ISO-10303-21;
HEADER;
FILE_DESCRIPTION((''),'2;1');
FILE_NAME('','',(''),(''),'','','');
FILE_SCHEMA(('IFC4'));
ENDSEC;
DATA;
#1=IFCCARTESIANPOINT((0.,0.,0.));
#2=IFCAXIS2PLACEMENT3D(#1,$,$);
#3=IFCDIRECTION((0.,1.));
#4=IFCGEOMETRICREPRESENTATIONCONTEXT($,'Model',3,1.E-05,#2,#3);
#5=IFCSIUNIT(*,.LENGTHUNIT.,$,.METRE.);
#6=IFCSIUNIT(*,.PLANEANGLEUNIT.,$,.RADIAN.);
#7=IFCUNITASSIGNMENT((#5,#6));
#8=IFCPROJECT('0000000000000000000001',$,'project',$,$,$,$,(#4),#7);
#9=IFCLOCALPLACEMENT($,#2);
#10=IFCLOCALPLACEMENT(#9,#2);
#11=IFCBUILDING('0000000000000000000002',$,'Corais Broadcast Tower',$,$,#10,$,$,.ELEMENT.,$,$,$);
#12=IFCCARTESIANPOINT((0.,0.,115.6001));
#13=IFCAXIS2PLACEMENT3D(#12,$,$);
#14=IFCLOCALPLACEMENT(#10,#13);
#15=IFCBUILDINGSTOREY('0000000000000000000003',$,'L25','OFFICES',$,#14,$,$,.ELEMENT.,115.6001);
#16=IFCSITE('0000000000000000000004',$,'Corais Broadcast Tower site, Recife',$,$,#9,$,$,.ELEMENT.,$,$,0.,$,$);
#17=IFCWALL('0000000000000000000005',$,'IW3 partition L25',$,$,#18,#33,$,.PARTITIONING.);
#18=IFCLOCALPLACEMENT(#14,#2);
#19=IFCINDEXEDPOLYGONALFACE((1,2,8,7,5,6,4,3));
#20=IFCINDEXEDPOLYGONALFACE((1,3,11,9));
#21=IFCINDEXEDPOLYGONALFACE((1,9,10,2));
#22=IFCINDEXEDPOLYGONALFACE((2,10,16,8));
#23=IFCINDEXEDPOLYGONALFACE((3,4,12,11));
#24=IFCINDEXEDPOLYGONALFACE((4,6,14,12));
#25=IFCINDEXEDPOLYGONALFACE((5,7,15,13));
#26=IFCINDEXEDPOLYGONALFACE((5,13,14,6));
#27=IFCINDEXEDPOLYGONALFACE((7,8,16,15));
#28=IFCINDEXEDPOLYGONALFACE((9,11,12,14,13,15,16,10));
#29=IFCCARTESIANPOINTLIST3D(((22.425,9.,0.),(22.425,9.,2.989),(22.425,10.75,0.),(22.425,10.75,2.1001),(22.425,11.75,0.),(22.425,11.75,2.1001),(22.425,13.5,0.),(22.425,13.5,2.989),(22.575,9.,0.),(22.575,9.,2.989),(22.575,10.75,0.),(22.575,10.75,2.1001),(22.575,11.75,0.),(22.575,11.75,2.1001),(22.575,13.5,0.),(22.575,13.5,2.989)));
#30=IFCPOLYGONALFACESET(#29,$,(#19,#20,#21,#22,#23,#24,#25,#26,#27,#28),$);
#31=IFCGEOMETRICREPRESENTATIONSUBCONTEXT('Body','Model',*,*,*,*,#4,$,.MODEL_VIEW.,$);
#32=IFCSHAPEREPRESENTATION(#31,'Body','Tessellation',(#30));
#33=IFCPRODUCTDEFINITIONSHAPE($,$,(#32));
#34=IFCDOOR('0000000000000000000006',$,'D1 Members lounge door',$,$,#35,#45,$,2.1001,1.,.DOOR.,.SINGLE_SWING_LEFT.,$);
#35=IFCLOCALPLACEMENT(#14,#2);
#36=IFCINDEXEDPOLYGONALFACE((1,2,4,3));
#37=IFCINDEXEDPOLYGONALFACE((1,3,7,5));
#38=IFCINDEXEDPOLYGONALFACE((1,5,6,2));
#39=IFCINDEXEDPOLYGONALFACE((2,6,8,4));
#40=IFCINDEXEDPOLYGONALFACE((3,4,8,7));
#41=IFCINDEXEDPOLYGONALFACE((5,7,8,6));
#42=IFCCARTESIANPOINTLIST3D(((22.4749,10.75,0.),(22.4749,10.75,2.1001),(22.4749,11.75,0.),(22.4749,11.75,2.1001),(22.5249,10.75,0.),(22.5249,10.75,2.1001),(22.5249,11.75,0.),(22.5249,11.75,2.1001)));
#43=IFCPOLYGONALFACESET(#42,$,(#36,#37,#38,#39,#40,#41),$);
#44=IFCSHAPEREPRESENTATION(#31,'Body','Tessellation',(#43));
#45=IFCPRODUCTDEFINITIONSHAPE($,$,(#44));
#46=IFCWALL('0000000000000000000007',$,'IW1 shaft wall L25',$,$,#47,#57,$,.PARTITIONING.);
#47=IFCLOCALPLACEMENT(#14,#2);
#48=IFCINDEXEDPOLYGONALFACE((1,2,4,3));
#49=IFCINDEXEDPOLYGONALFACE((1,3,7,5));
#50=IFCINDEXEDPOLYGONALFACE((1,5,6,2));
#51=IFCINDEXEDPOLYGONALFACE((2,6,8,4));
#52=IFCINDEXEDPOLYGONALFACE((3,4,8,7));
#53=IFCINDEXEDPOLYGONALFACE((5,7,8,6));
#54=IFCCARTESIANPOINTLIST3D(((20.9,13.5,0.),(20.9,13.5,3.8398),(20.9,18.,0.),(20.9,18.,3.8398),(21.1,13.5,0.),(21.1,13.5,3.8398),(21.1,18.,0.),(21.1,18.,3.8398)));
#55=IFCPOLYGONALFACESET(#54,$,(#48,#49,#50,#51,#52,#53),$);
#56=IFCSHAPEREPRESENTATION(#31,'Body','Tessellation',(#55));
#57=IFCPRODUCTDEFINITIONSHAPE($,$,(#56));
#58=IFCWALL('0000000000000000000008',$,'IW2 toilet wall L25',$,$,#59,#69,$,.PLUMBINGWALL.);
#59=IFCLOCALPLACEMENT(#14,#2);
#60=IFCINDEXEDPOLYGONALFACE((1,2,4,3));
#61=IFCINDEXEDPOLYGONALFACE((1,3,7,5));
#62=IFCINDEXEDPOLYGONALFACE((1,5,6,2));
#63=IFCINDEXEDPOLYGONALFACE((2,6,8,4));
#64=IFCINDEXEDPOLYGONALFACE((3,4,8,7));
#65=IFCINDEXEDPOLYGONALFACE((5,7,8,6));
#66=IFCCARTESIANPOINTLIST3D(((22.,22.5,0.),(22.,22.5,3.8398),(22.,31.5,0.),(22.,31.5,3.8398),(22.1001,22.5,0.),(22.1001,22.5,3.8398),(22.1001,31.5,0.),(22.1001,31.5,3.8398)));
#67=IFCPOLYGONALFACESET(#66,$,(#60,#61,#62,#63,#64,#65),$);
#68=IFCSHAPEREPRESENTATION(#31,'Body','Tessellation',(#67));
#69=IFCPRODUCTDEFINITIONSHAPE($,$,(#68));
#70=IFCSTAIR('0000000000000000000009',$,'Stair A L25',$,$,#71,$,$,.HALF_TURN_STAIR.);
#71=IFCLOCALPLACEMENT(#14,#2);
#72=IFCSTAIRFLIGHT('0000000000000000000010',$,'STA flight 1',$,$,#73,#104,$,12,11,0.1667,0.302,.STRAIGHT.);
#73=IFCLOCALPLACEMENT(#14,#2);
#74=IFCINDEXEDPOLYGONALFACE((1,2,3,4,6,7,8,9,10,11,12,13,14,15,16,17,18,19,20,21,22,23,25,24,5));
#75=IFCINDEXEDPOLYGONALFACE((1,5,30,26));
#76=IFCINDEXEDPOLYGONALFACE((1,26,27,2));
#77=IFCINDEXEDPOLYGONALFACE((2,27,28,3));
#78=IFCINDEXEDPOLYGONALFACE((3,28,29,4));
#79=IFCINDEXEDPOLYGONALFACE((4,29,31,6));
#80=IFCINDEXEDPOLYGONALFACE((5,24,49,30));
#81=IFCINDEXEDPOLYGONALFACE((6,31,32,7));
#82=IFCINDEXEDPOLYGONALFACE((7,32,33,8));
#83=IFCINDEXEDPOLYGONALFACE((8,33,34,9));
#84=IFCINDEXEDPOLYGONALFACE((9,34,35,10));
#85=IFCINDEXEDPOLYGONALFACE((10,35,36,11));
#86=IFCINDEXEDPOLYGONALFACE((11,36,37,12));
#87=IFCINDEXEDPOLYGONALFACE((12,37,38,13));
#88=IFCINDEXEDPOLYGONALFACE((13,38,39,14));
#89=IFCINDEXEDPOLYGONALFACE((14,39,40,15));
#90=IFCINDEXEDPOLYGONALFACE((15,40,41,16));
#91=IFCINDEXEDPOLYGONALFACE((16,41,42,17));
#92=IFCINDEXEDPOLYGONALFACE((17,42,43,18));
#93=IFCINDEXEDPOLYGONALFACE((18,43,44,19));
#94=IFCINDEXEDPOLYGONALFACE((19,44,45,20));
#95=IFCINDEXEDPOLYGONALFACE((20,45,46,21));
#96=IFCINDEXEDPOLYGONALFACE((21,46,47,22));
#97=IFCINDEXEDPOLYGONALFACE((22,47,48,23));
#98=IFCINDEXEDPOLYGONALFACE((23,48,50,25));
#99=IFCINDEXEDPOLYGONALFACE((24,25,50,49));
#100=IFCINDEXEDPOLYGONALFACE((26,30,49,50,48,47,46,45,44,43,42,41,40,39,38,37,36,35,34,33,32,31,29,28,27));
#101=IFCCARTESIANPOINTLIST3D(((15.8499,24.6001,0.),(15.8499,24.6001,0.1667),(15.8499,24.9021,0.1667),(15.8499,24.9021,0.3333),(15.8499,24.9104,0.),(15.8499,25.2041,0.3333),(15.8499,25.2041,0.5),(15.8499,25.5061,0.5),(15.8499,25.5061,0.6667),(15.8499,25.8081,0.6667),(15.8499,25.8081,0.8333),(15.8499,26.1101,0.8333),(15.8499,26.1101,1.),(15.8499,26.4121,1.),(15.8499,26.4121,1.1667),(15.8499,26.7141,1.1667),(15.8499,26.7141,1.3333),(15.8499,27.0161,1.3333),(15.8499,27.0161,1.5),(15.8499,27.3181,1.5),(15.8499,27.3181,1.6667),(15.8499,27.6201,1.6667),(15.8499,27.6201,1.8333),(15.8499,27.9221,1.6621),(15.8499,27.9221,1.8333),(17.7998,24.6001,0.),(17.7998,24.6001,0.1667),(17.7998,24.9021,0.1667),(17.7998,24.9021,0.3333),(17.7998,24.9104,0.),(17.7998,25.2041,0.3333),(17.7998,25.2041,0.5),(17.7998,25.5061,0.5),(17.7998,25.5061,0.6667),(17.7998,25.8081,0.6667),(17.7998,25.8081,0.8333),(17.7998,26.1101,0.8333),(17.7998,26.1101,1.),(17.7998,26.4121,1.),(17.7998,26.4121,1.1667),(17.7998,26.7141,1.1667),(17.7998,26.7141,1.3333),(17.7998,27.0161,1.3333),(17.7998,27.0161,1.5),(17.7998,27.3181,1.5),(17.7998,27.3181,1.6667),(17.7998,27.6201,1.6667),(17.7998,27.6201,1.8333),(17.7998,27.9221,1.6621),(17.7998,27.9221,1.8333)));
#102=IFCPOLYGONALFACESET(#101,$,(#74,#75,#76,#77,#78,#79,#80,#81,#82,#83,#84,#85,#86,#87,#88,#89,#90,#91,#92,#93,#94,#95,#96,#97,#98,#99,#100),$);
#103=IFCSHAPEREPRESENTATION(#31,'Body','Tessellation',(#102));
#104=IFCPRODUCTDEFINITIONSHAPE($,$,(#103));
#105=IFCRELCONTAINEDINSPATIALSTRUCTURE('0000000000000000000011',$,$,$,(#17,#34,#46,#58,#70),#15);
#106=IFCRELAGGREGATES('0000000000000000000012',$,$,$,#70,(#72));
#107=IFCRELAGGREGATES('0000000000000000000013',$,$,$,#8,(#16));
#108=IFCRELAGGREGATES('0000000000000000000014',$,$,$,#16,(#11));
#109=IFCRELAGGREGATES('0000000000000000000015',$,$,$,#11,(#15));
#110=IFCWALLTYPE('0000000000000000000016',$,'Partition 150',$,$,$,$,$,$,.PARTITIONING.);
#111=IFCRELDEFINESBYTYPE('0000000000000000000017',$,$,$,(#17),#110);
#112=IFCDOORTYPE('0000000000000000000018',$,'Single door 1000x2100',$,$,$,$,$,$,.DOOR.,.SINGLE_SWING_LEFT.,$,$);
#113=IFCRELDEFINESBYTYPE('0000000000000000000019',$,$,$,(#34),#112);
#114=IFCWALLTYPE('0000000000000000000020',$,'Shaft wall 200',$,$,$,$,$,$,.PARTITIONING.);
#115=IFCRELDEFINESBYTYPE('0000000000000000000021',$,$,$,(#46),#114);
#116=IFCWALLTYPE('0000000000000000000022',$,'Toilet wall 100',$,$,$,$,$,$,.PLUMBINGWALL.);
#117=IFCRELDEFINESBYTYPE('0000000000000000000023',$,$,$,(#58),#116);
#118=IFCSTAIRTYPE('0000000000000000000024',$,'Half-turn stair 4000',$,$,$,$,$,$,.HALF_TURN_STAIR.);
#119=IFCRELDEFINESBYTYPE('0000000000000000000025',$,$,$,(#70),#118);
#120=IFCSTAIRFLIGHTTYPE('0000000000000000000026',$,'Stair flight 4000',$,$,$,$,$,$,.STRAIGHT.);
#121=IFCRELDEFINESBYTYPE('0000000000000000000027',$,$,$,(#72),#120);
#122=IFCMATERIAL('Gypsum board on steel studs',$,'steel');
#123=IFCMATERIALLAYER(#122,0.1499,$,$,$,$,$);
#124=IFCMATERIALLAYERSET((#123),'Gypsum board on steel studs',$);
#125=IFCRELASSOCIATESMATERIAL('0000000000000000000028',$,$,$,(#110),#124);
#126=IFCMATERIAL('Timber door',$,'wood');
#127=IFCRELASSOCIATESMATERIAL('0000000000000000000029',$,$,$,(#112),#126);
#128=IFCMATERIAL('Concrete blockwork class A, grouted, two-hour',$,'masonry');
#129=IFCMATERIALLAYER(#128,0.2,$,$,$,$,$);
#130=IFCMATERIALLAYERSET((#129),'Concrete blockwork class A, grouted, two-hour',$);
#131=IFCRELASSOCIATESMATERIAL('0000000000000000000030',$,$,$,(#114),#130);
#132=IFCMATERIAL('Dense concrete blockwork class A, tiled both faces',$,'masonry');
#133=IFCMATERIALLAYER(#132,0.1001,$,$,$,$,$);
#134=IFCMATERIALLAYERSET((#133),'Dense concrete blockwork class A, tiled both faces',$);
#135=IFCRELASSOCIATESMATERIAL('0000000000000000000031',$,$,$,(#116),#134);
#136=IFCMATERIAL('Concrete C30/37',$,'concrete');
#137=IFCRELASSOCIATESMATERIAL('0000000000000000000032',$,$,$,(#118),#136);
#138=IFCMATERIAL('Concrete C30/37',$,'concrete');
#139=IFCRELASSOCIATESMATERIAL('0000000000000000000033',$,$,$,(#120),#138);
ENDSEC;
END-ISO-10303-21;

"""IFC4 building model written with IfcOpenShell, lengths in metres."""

from ifc_helpers import new_model, si_unit, direction, frame, frame_2d, origin, place, context, subcontext, project, spatial, polyline, rectangle, outline, extrude, material, layer, layer_set, type_object, element, fill, aggregate, save


model = new_model("IFC4")

# Units and contexts
model_context = context("Model", 3, precision=1e-05, world=origin(), true_north=direction((0.0, 1.0)))
body_context = subcontext(model_context, "Body", "Model", "MODEL_VIEW")
ifc_project = project(units=[si_unit("LENGTHUNIT", "METRE"), si_unit("PLANEANGLEUNIT", "RADIAN")], contexts=[model_context])

# Site, building, storey
site_placement = place(None, origin())
site = spatial("IfcSite", under=ifc_project, at=site_placement, Name="Corais Broadcast Tower site, Recife", CompositionType="ELEMENT", RefElevation=0.0)
building_placement = place(site_placement, origin())
building = spatial("IfcBuilding", under=site, at=building_placement, Name="Corais Broadcast Tower", CompositionType="ELEMENT")
storey_placement = place(building_placement, frame((0.0, 0.0, 115.6001)))
storey = spatial("IfcBuildingStorey", under=building, at=storey_placement, Name="L25", Description="OFFICES", CompositionType="ELEMENT", Elevation=115.6001)

# Shared definitions
ifc_material_1 = material(Name="Gypsum board on steel studs", Category="steel")
ifc_layer_1 = layer(ifc_material_1, 0.1499)
ifc_layer_set_1 = layer_set([ifc_layer_1], Name="Gypsum board on steel studs")
wall_type_1 = type_object("IfcWallType", Name="Partition 150", PredefinedType="PARTITIONING", material=ifc_layer_set_1)

# Wall, opening, door
wall_1_placement = place(storey_placement, frame((22.5, 13.5, 0.0), z_axis=(0.0, 0.0, 1.0), x_axis=(0.0, -1.0, 0.0)))
wall_1 = element("IfcWall", 1, at=wall_1_placement, inside=storey, type_object=wall_type_1, Name="IW3 partition L25", PredefinedType="PARTITIONING", context=body_context, shape_type="SweptSolid", body=[
    extrude(rectangle(XDim=4.5, YDim=0.1499, at=frame_2d((2.25, 0.0))), origin(), (0.0, 0.0, 1.0), 2.989),
])
opening_1_placement = place(wall_1_placement, frame((1.75, 0.0, 0.0)))
opening_1 = element("IfcOpeningElement", 2, at=opening_1_placement, cuts=wall_1, PredefinedType="OPENING", context=body_context, shape_type="SweptSolid", body=[
    extrude(rectangle(XDim=1.0, YDim=2.1001, at=frame_2d((0.5, 1.05))), frame((0.0, 0.085, 0.0), z_axis=(0.0, -1.0, 0.0), x_axis=(1.0, 0.0, 0.0)), (0.0, 0.0, 1.0), 0.1699),
])
ifc_material_2 = material(Name="Timber door", Category="wood")
door_type_1 = type_object("IfcDoorType", Name="Single door 1000x2100", OperationType="SINGLE_SWING_LEFT", PredefinedType="DOOR", material=ifc_material_2)
door_1_placement = place(opening_1_placement, origin())
door_1 = element("IfcDoor", 3, at=door_1_placement, inside=storey, type_object=door_type_1, Name="D1 Members lounge door", OperationType="SINGLE_SWING_LEFT", OverallHeight=2.1001, OverallWidth=1.0, PredefinedType="DOOR", context=body_context, shape_type="SweptSolid", body=[
    extrude(rectangle(XDim=1.0, YDim=2.1001, at=frame_2d((0.5, 1.05))), frame((0.0, 0.0249, 0.0), z_axis=(0.0, -1.0, 0.0), x_axis=(1.0, 0.0, 0.0)), (0.0, 0.0, 1.0), 0.05),
])
fill(opening_1, door_1)

# Walls
ifc_material_3 = material(Name="Concrete blockwork class A, grouted, two-hour", Category="masonry")
ifc_layer_2 = layer(ifc_material_3, 0.2)
ifc_layer_set_2 = layer_set([ifc_layer_2], Name="Concrete blockwork class A, grouted, two-hour")
wall_type_2 = type_object("IfcWallType", Name="Shaft wall 200", PredefinedType="PARTITIONING", material=ifc_layer_set_2)
wall_2_placement = place(storey_placement, frame((21.0, 13.5, 0.0), z_axis=(0.0, 0.0, 1.0), x_axis=(0.0, 1.0, 0.0)))
element("IfcWall", 4, at=wall_2_placement, inside=storey, type_object=wall_type_2, Name="IW1 shaft wall L25", PredefinedType="PARTITIONING", context=body_context, shape_type="SweptSolid", body=[
    extrude(rectangle(XDim=4.5, YDim=0.2, at=frame_2d((2.25, 0.0))), origin(), (0.0, 0.0, 1.0), 3.8398),
])
ifc_material_4 = material(Name="Dense concrete blockwork class A, tiled both faces", Category="masonry")
ifc_layer_3 = layer(ifc_material_4, 0.1001)
ifc_layer_set_3 = layer_set([ifc_layer_3], Name="Dense concrete blockwork class A, tiled both faces")
wall_type_3 = type_object("IfcWallType", Name="Toilet wall 100", PredefinedType="PLUMBINGWALL", material=ifc_layer_set_3)
wall_3_placement = place(storey_placement, frame((22.05, 22.5, 0.0), z_axis=(0.0, 0.0, 1.0), x_axis=(0.0, 1.0, 0.0)))
element("IfcWall", 5, at=wall_3_placement, inside=storey, type_object=wall_type_3, Name="IW2 toilet wall L25", PredefinedType="PLUMBINGWALL", context=body_context, shape_type="SweptSolid", body=[
    extrude(rectangle(XDim=9.0, YDim=0.1001, at=frame_2d((4.5, 0.0))), origin(), (0.0, 0.0, 1.0), 3.8398),
])

# Stair, stair flight
ifc_material_5 = material(Name="Concrete C30/37", Category="concrete")
stair_type = type_object("IfcStairType", Name="Half-turn stair 4000", PredefinedType="HALF_TURN_STAIR", material=ifc_material_5)
stair_placement = place(storey_placement, origin())
stair = element("IfcStair", 6, at=stair_placement, inside=storey, type_object=stair_type, Name="Stair A L25", PredefinedType="HALF_TURN_STAIR")
ifc_material_6 = material(Name="Concrete C30/37", Category="concrete")
stair_flight_type = type_object("IfcStairFlightType", Name="Stair flight 4000", PredefinedType="STRAIGHT", material=ifc_material_6)
stair_flight_placement = place(storey_placement, frame((16.825, 24.6001, 0.0), z_axis=(0.0, 0.0, 1.0), x_axis=(0.0, 1.0, 0.0)))
stair_flight = element("IfcStairFlight", 7, at=stair_flight_placement, type_object=stair_flight_type, Name="STA flight 1", NumberOfRisers=12, NumberOfTreads=11, PredefinedType="STRAIGHT", RiserHeight=0.1667, TreadLength=0.302, context=body_context, shape_type="SweptSolid", body=[
    extrude(outline(polyline([(0.0, 0.0), (0.0, 0.1667), (0.302, 0.1667), (0.302, 0.3333), (0.604, 0.3333), (0.604, 0.5), (0.906, 0.5), (0.906, 0.6667), (1.208, 0.6667), (1.208, 0.8333), (1.51, 0.8333), (1.51, 1.0), (1.812, 1.0), (1.812, 1.1667), (2.114, 1.1667), (2.114, 1.3333), (2.416, 1.3333), (2.416, 1.5), (2.718, 1.5), (2.718, 1.6667), (3.02, 1.6667), (3.02, 1.8333), (3.322, 1.8333), (3.322, 2.0), (3.322, 1.6621), (0.3103, 0.0), (0.0, 0.0)])), frame((0.0, 0.9751, 0.0), z_axis=(0.0, -1.0, 0.0), x_axis=(1.0, 0.0, 0.0)), (0.0, 0.0, 1.0), 1.95),
])
aggregate(stair, [stair_flight])

save(model, "model.ifc")
